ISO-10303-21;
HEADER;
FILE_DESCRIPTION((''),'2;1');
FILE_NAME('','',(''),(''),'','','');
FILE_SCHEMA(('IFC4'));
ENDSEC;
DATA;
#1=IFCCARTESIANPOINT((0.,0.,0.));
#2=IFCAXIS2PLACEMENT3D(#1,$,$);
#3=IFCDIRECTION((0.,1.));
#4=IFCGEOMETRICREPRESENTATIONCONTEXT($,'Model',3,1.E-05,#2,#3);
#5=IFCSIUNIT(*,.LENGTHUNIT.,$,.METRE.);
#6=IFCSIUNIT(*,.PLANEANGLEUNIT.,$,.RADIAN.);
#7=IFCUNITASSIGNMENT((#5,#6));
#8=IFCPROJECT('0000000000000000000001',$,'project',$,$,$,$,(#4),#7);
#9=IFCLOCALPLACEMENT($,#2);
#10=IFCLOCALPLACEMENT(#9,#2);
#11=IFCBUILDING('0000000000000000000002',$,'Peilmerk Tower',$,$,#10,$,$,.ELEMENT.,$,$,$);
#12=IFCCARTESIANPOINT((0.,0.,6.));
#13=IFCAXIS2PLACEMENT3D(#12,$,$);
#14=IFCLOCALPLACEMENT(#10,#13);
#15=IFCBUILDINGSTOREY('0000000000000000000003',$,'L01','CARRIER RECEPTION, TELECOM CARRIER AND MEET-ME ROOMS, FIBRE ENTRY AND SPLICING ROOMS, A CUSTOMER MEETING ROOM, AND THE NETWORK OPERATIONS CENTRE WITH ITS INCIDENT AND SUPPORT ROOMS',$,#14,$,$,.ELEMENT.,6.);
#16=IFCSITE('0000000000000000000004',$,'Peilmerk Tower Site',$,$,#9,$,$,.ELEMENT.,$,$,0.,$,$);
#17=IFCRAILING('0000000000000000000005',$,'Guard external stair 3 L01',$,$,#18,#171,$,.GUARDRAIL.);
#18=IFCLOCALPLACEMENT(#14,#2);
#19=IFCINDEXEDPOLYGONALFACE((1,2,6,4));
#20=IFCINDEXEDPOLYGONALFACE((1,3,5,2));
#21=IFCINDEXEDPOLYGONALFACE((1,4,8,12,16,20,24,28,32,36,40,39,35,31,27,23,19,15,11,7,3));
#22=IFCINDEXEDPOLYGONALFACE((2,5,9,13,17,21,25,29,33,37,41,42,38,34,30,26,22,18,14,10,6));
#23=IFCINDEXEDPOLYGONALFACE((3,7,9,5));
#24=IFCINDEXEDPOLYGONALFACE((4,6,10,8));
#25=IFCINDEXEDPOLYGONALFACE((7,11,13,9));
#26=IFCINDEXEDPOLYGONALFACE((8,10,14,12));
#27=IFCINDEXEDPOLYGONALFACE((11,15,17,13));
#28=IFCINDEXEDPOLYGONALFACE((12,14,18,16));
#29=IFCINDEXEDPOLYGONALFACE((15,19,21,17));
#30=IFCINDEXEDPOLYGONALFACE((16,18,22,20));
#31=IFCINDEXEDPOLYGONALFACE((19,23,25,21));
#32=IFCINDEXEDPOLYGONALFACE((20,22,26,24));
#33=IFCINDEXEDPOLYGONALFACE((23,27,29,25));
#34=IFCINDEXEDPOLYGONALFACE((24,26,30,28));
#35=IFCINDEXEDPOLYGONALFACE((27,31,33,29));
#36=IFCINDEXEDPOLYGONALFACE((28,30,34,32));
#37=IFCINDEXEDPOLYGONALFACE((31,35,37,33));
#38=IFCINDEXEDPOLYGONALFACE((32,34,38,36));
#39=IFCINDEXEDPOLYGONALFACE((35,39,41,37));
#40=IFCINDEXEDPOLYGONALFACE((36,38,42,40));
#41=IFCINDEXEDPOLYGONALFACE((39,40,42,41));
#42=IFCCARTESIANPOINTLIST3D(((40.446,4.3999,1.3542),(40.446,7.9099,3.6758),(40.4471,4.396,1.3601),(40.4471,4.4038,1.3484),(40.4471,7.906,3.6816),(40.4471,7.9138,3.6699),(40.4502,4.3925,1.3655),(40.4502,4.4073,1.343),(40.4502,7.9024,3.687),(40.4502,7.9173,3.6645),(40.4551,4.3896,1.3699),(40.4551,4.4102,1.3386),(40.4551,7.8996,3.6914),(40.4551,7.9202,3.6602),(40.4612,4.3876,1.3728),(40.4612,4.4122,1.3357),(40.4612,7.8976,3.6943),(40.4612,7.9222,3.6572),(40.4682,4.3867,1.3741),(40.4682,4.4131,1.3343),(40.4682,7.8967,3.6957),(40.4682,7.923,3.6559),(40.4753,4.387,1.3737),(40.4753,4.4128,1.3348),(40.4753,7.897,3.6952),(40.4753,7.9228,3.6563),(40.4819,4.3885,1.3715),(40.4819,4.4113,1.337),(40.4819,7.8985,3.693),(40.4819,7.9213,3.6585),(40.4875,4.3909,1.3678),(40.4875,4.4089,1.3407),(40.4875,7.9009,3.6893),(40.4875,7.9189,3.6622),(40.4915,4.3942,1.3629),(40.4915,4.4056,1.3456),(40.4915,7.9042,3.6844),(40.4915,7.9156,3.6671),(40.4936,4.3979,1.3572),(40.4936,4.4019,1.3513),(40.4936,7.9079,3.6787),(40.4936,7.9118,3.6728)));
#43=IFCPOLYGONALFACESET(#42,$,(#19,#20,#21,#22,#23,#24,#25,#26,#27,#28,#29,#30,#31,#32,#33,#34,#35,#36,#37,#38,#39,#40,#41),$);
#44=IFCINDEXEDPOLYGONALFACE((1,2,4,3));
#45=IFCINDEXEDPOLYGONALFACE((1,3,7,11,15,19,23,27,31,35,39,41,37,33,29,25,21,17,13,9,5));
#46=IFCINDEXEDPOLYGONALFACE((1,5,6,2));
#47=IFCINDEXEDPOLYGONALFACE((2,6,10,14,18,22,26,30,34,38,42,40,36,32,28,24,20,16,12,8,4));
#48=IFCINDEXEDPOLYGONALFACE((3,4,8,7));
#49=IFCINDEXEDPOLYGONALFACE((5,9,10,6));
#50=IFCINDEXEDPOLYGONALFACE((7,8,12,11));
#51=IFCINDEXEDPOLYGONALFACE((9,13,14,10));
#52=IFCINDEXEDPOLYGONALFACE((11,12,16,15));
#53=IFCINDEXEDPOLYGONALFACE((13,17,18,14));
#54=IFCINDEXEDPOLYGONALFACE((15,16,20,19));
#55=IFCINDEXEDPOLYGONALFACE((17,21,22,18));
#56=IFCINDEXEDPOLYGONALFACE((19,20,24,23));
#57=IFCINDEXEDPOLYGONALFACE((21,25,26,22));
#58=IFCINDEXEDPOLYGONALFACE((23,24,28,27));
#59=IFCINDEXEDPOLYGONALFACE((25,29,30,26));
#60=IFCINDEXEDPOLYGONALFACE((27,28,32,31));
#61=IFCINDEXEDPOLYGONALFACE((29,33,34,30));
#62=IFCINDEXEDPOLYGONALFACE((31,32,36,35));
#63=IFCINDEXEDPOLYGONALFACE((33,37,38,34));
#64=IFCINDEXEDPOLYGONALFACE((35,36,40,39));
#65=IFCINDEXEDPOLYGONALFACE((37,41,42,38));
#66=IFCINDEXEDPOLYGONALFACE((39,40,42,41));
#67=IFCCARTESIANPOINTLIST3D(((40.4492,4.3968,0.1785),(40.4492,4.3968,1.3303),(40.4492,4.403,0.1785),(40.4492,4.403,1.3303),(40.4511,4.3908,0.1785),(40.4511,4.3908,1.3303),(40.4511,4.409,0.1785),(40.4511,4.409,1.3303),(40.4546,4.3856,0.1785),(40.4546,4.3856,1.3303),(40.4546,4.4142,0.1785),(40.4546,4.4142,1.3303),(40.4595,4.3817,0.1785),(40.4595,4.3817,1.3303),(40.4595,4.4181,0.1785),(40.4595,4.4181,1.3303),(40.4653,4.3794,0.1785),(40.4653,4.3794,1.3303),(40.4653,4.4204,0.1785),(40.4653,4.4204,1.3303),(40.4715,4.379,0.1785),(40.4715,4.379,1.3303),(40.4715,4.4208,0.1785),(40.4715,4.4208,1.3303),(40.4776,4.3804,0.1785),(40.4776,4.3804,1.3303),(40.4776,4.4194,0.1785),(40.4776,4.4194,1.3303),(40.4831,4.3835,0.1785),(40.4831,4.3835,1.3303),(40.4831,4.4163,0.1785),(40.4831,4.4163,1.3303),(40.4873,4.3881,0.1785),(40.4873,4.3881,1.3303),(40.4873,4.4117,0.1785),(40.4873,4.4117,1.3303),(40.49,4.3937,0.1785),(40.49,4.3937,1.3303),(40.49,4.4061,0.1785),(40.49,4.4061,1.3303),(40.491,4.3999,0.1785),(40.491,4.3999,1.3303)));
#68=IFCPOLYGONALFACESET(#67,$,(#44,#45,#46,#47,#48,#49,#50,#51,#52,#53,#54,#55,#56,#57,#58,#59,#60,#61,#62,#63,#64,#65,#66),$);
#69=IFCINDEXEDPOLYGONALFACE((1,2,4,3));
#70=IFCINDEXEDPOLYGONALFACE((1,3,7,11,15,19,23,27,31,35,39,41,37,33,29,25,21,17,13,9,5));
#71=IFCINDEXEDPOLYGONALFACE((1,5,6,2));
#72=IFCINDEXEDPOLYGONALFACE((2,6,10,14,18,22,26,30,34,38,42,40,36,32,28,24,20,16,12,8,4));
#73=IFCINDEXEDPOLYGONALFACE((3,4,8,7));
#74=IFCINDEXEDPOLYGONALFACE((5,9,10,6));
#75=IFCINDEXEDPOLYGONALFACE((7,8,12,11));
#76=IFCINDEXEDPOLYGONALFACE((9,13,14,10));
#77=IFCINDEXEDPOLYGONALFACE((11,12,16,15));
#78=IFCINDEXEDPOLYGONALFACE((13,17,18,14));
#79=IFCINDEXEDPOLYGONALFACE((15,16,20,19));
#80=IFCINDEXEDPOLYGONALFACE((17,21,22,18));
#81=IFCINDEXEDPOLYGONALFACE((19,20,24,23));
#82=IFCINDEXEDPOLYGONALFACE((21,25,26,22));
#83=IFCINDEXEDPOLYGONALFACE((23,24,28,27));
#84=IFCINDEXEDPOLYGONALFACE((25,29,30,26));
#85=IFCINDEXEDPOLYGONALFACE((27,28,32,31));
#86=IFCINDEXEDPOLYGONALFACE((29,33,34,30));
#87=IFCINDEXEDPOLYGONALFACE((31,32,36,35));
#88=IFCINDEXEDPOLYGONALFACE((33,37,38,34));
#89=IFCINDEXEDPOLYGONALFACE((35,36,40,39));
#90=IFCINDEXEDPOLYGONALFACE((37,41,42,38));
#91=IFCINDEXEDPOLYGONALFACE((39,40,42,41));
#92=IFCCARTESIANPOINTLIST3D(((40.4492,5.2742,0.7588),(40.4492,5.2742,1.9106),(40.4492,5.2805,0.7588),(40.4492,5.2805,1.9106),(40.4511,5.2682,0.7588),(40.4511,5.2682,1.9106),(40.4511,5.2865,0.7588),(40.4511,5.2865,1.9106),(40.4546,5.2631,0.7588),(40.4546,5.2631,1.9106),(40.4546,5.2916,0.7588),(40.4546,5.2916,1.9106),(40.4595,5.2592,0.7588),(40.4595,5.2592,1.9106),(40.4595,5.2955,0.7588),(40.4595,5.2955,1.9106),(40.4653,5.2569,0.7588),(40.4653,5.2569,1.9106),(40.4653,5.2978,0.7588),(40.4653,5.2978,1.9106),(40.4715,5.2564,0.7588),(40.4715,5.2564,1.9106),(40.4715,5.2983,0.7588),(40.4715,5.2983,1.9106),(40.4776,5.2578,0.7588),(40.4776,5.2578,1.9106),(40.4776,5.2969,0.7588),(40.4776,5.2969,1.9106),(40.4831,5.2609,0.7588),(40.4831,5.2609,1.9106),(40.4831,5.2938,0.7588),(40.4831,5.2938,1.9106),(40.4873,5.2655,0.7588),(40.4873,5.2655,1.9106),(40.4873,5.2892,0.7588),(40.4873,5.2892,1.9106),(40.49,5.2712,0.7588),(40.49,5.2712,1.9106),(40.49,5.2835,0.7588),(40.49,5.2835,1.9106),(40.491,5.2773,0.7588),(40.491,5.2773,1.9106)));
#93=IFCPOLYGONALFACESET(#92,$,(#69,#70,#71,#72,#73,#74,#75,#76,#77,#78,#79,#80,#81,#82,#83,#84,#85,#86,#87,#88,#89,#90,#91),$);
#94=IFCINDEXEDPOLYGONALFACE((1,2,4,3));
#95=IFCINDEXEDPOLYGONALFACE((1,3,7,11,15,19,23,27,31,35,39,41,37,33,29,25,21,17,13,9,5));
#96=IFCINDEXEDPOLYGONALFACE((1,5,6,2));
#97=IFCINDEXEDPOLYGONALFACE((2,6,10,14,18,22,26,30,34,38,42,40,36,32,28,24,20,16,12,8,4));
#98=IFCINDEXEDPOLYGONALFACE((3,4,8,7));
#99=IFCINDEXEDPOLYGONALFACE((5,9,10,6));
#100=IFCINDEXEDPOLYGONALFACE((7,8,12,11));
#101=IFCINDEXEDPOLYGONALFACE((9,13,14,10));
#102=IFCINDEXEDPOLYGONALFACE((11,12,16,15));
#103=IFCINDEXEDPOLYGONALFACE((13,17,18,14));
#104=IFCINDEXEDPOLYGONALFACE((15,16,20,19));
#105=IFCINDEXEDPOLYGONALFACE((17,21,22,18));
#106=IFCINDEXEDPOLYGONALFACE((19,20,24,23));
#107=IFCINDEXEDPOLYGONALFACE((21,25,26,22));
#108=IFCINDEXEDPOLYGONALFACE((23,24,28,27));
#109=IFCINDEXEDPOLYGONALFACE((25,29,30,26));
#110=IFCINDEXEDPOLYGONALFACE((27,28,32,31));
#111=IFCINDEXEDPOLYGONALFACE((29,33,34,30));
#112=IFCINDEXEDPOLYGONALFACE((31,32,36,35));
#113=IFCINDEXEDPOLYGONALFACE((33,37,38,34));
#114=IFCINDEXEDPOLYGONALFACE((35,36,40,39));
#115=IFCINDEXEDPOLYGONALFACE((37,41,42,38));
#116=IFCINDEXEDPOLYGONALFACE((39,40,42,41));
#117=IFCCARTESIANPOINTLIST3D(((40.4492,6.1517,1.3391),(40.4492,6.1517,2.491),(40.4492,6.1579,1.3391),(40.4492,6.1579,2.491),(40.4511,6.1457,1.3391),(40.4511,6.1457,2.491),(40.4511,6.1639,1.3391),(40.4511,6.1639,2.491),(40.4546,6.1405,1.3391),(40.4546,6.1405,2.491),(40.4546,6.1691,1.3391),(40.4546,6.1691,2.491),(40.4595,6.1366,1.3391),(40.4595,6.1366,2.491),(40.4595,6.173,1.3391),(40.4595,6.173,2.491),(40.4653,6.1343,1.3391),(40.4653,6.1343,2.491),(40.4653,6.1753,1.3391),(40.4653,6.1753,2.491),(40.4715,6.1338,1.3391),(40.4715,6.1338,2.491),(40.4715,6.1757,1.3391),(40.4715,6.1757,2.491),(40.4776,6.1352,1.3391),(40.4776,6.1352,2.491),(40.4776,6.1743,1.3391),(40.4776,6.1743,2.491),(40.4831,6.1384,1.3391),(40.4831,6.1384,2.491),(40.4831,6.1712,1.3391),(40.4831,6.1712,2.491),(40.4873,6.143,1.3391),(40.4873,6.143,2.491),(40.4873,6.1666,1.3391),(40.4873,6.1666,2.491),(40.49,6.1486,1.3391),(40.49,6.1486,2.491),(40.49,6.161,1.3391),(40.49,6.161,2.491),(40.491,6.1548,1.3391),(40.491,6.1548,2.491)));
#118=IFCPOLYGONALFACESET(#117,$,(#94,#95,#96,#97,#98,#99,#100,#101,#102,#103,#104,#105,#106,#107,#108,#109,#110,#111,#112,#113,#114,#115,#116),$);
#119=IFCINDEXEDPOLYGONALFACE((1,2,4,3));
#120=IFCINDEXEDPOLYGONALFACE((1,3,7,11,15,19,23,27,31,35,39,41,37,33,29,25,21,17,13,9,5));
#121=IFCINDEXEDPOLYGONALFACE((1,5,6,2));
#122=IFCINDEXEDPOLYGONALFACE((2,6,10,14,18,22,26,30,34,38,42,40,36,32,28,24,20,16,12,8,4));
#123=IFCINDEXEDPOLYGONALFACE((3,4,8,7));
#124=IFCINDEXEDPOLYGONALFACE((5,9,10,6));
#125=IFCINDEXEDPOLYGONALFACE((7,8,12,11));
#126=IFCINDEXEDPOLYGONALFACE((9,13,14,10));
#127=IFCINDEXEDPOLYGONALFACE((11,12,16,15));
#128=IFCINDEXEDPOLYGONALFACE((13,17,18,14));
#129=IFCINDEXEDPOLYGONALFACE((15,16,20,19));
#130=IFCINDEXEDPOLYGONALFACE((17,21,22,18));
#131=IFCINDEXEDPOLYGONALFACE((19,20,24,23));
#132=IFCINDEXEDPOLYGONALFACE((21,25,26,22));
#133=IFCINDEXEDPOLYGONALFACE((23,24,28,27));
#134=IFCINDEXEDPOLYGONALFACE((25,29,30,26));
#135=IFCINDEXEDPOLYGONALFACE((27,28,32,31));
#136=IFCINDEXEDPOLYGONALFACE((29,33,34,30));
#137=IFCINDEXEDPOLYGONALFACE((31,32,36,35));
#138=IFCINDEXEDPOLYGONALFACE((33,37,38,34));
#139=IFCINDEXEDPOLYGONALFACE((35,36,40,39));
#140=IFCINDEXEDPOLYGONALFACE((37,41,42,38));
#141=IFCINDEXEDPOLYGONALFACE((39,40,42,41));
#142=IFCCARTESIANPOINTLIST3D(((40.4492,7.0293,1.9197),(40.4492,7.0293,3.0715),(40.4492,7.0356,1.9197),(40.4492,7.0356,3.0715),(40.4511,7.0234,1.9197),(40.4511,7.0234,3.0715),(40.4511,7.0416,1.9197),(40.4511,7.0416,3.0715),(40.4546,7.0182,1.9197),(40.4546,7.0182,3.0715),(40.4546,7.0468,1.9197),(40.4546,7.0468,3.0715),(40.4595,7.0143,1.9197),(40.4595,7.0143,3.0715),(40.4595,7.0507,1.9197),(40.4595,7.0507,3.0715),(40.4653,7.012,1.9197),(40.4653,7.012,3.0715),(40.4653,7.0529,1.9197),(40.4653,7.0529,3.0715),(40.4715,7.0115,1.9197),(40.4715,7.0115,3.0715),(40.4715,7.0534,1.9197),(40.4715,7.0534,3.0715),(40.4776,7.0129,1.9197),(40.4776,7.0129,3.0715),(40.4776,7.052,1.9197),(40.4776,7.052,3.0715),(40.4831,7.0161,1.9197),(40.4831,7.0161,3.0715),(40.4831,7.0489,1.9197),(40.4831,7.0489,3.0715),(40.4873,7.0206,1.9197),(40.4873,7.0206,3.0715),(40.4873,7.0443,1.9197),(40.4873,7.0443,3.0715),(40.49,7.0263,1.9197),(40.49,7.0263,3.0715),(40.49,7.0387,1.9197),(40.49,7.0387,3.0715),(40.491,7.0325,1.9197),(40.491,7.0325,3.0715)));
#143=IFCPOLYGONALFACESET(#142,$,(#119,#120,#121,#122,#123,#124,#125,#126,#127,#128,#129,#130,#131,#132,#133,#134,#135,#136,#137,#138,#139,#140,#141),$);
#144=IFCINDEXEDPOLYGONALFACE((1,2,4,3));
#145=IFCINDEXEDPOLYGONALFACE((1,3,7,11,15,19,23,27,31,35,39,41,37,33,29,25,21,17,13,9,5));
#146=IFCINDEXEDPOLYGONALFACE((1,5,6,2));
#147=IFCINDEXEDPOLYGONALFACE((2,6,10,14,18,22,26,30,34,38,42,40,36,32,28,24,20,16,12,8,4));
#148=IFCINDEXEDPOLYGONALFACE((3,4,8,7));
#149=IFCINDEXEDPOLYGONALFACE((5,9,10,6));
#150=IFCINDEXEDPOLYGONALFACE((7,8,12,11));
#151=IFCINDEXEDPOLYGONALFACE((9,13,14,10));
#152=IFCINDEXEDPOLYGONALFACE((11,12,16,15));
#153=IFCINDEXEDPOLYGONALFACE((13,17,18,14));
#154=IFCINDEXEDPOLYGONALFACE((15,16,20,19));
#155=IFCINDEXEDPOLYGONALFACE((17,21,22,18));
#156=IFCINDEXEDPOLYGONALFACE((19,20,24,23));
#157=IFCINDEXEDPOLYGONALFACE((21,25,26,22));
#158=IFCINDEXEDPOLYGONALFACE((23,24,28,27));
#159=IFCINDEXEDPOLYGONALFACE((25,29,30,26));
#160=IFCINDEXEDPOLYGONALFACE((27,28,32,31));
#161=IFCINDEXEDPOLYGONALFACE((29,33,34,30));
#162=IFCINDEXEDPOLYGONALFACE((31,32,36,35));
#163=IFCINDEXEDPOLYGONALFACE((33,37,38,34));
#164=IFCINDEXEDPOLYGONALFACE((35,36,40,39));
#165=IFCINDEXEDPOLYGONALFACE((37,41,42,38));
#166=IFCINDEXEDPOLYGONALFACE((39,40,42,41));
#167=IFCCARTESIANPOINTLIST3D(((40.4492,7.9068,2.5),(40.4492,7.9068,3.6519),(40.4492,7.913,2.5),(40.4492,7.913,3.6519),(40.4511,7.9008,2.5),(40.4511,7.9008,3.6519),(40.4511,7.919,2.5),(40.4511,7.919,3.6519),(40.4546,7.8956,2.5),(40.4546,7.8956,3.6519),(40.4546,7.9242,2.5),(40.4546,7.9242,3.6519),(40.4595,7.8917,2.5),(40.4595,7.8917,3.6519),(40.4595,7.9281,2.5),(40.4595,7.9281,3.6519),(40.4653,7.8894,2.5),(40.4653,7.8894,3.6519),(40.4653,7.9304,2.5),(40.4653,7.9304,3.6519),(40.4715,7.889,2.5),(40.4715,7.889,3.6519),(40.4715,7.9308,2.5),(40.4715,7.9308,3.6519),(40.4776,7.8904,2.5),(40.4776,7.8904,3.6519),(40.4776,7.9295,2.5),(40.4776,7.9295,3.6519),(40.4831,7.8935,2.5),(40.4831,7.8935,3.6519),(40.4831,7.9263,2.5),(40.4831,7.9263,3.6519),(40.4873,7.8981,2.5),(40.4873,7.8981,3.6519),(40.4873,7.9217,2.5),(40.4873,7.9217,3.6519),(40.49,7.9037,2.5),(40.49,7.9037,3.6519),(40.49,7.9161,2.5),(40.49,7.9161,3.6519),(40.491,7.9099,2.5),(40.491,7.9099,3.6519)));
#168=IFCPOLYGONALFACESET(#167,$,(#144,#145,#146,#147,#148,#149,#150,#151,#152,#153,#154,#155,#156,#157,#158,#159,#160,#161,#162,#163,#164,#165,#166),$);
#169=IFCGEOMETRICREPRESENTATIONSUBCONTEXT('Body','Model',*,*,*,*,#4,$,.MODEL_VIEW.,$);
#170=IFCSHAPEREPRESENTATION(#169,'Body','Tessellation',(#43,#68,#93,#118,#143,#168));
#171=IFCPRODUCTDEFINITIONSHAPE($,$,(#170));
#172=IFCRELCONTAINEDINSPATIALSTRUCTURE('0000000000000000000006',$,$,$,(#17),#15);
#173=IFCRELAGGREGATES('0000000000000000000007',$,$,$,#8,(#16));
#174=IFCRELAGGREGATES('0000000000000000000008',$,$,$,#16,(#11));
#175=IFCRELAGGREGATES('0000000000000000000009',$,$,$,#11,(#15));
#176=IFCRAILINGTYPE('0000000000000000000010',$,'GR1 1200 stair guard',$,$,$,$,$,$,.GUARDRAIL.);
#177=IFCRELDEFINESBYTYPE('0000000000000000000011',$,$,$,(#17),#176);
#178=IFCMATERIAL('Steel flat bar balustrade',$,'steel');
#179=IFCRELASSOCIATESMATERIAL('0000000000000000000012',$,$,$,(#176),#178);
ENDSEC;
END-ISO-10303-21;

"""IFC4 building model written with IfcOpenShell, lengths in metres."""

from ifc_helpers import new_model, si_unit, direction, frame, origin, origin_2d, place, context, subcontext, project, spatial, circle, extrude, material, type_object, element, save


model = new_model("IFC4")

# Units and contexts
model_context = context("Model", 3, precision=1e-05, world=origin(), true_north=direction((0.0, 1.0)))
body_context = subcontext(model_context, "Body", "Model", "MODEL_VIEW")
ifc_project = project(units=[si_unit("LENGTHUNIT", "METRE"), si_unit("PLANEANGLEUNIT", "RADIAN")], contexts=[model_context])

# Site, building, storey
site_placement = place(None, origin())
site = spatial("IfcSite", under=ifc_project, at=site_placement, Name="Peilmerk Tower Site", CompositionType="ELEMENT", RefElevation=0.0)
building_placement = place(site_placement, origin())
building = spatial("IfcBuilding", under=site, at=building_placement, Name="Peilmerk Tower", CompositionType="ELEMENT")
storey_placement = place(building_placement, frame((0.0, 0.0, 6.0)))
storey = spatial("IfcBuildingStorey", under=building, at=storey_placement, Name="L01", Description="CARRIER RECEPTION, TELECOM CARRIER AND MEET-ME ROOMS, FIBRE ENTRY AND SPLICING ROOMS, A CUSTOMER MEETING ROOM, AND THE NETWORK OPERATIONS CENTRE WITH ITS INCIDENT AND SUPPORT ROOMS", CompositionType="ELEMENT", Elevation=6.0)

# Railing
ifc_material_1 = material(Name="Steel flat bar balustrade", Category="steel")
railing_type_1 = type_object("IfcRailingType", Name="GR1 1200 stair guard", PredefinedType="GUARDRAIL", material=ifc_material_1)
for number, where, name in (
    (1, (40.47, 4.3999, 0.1785), "Guard external stair 3 L01"),
):
    element("IfcRailing", number, at=place(storey_placement, frame(where)), inside=storey, type_object=railing_type_1, Name=name, PredefinedType="GUARDRAIL", context=body_context, shape_type="SweptSolid", body=[
        extrude(circle(Radius=0.0239, at=origin_2d()), frame((0.0, 0.0, 1.1758), z_axis=(0.0, 0.834071, 0.551657), x_axis=(-1.0, 0.0, 0.0)), (0.0, 0.0, 1.0), 4.2083),
        extrude(circle(Radius=0.021, at=origin_2d()), origin(), (0.0, 0.0, 1.0), 1.1519),
        extrude(circle(Radius=0.021, at=origin_2d()), frame((0.0, 0.8774, 0.5803)), (0.0, 0.0, 1.0), 1.1519),
        extrude(circle(Radius=0.021, at=origin_2d()), frame((0.0, 1.7549, 1.1606)), (0.0, 0.0, 1.0), 1.1519),
        extrude(circle(Radius=0.021, at=origin_2d()), frame((0.0, 2.6326, 1.7412)), (0.0, 0.0, 1.0), 1.1519),
        extrude(circle(Radius=0.021, at=origin_2d()), frame((0.0, 3.51, 2.3215)), (0.0, 0.0, 1.0), 1.1519),
    ])

save(model, "model.ifc")
